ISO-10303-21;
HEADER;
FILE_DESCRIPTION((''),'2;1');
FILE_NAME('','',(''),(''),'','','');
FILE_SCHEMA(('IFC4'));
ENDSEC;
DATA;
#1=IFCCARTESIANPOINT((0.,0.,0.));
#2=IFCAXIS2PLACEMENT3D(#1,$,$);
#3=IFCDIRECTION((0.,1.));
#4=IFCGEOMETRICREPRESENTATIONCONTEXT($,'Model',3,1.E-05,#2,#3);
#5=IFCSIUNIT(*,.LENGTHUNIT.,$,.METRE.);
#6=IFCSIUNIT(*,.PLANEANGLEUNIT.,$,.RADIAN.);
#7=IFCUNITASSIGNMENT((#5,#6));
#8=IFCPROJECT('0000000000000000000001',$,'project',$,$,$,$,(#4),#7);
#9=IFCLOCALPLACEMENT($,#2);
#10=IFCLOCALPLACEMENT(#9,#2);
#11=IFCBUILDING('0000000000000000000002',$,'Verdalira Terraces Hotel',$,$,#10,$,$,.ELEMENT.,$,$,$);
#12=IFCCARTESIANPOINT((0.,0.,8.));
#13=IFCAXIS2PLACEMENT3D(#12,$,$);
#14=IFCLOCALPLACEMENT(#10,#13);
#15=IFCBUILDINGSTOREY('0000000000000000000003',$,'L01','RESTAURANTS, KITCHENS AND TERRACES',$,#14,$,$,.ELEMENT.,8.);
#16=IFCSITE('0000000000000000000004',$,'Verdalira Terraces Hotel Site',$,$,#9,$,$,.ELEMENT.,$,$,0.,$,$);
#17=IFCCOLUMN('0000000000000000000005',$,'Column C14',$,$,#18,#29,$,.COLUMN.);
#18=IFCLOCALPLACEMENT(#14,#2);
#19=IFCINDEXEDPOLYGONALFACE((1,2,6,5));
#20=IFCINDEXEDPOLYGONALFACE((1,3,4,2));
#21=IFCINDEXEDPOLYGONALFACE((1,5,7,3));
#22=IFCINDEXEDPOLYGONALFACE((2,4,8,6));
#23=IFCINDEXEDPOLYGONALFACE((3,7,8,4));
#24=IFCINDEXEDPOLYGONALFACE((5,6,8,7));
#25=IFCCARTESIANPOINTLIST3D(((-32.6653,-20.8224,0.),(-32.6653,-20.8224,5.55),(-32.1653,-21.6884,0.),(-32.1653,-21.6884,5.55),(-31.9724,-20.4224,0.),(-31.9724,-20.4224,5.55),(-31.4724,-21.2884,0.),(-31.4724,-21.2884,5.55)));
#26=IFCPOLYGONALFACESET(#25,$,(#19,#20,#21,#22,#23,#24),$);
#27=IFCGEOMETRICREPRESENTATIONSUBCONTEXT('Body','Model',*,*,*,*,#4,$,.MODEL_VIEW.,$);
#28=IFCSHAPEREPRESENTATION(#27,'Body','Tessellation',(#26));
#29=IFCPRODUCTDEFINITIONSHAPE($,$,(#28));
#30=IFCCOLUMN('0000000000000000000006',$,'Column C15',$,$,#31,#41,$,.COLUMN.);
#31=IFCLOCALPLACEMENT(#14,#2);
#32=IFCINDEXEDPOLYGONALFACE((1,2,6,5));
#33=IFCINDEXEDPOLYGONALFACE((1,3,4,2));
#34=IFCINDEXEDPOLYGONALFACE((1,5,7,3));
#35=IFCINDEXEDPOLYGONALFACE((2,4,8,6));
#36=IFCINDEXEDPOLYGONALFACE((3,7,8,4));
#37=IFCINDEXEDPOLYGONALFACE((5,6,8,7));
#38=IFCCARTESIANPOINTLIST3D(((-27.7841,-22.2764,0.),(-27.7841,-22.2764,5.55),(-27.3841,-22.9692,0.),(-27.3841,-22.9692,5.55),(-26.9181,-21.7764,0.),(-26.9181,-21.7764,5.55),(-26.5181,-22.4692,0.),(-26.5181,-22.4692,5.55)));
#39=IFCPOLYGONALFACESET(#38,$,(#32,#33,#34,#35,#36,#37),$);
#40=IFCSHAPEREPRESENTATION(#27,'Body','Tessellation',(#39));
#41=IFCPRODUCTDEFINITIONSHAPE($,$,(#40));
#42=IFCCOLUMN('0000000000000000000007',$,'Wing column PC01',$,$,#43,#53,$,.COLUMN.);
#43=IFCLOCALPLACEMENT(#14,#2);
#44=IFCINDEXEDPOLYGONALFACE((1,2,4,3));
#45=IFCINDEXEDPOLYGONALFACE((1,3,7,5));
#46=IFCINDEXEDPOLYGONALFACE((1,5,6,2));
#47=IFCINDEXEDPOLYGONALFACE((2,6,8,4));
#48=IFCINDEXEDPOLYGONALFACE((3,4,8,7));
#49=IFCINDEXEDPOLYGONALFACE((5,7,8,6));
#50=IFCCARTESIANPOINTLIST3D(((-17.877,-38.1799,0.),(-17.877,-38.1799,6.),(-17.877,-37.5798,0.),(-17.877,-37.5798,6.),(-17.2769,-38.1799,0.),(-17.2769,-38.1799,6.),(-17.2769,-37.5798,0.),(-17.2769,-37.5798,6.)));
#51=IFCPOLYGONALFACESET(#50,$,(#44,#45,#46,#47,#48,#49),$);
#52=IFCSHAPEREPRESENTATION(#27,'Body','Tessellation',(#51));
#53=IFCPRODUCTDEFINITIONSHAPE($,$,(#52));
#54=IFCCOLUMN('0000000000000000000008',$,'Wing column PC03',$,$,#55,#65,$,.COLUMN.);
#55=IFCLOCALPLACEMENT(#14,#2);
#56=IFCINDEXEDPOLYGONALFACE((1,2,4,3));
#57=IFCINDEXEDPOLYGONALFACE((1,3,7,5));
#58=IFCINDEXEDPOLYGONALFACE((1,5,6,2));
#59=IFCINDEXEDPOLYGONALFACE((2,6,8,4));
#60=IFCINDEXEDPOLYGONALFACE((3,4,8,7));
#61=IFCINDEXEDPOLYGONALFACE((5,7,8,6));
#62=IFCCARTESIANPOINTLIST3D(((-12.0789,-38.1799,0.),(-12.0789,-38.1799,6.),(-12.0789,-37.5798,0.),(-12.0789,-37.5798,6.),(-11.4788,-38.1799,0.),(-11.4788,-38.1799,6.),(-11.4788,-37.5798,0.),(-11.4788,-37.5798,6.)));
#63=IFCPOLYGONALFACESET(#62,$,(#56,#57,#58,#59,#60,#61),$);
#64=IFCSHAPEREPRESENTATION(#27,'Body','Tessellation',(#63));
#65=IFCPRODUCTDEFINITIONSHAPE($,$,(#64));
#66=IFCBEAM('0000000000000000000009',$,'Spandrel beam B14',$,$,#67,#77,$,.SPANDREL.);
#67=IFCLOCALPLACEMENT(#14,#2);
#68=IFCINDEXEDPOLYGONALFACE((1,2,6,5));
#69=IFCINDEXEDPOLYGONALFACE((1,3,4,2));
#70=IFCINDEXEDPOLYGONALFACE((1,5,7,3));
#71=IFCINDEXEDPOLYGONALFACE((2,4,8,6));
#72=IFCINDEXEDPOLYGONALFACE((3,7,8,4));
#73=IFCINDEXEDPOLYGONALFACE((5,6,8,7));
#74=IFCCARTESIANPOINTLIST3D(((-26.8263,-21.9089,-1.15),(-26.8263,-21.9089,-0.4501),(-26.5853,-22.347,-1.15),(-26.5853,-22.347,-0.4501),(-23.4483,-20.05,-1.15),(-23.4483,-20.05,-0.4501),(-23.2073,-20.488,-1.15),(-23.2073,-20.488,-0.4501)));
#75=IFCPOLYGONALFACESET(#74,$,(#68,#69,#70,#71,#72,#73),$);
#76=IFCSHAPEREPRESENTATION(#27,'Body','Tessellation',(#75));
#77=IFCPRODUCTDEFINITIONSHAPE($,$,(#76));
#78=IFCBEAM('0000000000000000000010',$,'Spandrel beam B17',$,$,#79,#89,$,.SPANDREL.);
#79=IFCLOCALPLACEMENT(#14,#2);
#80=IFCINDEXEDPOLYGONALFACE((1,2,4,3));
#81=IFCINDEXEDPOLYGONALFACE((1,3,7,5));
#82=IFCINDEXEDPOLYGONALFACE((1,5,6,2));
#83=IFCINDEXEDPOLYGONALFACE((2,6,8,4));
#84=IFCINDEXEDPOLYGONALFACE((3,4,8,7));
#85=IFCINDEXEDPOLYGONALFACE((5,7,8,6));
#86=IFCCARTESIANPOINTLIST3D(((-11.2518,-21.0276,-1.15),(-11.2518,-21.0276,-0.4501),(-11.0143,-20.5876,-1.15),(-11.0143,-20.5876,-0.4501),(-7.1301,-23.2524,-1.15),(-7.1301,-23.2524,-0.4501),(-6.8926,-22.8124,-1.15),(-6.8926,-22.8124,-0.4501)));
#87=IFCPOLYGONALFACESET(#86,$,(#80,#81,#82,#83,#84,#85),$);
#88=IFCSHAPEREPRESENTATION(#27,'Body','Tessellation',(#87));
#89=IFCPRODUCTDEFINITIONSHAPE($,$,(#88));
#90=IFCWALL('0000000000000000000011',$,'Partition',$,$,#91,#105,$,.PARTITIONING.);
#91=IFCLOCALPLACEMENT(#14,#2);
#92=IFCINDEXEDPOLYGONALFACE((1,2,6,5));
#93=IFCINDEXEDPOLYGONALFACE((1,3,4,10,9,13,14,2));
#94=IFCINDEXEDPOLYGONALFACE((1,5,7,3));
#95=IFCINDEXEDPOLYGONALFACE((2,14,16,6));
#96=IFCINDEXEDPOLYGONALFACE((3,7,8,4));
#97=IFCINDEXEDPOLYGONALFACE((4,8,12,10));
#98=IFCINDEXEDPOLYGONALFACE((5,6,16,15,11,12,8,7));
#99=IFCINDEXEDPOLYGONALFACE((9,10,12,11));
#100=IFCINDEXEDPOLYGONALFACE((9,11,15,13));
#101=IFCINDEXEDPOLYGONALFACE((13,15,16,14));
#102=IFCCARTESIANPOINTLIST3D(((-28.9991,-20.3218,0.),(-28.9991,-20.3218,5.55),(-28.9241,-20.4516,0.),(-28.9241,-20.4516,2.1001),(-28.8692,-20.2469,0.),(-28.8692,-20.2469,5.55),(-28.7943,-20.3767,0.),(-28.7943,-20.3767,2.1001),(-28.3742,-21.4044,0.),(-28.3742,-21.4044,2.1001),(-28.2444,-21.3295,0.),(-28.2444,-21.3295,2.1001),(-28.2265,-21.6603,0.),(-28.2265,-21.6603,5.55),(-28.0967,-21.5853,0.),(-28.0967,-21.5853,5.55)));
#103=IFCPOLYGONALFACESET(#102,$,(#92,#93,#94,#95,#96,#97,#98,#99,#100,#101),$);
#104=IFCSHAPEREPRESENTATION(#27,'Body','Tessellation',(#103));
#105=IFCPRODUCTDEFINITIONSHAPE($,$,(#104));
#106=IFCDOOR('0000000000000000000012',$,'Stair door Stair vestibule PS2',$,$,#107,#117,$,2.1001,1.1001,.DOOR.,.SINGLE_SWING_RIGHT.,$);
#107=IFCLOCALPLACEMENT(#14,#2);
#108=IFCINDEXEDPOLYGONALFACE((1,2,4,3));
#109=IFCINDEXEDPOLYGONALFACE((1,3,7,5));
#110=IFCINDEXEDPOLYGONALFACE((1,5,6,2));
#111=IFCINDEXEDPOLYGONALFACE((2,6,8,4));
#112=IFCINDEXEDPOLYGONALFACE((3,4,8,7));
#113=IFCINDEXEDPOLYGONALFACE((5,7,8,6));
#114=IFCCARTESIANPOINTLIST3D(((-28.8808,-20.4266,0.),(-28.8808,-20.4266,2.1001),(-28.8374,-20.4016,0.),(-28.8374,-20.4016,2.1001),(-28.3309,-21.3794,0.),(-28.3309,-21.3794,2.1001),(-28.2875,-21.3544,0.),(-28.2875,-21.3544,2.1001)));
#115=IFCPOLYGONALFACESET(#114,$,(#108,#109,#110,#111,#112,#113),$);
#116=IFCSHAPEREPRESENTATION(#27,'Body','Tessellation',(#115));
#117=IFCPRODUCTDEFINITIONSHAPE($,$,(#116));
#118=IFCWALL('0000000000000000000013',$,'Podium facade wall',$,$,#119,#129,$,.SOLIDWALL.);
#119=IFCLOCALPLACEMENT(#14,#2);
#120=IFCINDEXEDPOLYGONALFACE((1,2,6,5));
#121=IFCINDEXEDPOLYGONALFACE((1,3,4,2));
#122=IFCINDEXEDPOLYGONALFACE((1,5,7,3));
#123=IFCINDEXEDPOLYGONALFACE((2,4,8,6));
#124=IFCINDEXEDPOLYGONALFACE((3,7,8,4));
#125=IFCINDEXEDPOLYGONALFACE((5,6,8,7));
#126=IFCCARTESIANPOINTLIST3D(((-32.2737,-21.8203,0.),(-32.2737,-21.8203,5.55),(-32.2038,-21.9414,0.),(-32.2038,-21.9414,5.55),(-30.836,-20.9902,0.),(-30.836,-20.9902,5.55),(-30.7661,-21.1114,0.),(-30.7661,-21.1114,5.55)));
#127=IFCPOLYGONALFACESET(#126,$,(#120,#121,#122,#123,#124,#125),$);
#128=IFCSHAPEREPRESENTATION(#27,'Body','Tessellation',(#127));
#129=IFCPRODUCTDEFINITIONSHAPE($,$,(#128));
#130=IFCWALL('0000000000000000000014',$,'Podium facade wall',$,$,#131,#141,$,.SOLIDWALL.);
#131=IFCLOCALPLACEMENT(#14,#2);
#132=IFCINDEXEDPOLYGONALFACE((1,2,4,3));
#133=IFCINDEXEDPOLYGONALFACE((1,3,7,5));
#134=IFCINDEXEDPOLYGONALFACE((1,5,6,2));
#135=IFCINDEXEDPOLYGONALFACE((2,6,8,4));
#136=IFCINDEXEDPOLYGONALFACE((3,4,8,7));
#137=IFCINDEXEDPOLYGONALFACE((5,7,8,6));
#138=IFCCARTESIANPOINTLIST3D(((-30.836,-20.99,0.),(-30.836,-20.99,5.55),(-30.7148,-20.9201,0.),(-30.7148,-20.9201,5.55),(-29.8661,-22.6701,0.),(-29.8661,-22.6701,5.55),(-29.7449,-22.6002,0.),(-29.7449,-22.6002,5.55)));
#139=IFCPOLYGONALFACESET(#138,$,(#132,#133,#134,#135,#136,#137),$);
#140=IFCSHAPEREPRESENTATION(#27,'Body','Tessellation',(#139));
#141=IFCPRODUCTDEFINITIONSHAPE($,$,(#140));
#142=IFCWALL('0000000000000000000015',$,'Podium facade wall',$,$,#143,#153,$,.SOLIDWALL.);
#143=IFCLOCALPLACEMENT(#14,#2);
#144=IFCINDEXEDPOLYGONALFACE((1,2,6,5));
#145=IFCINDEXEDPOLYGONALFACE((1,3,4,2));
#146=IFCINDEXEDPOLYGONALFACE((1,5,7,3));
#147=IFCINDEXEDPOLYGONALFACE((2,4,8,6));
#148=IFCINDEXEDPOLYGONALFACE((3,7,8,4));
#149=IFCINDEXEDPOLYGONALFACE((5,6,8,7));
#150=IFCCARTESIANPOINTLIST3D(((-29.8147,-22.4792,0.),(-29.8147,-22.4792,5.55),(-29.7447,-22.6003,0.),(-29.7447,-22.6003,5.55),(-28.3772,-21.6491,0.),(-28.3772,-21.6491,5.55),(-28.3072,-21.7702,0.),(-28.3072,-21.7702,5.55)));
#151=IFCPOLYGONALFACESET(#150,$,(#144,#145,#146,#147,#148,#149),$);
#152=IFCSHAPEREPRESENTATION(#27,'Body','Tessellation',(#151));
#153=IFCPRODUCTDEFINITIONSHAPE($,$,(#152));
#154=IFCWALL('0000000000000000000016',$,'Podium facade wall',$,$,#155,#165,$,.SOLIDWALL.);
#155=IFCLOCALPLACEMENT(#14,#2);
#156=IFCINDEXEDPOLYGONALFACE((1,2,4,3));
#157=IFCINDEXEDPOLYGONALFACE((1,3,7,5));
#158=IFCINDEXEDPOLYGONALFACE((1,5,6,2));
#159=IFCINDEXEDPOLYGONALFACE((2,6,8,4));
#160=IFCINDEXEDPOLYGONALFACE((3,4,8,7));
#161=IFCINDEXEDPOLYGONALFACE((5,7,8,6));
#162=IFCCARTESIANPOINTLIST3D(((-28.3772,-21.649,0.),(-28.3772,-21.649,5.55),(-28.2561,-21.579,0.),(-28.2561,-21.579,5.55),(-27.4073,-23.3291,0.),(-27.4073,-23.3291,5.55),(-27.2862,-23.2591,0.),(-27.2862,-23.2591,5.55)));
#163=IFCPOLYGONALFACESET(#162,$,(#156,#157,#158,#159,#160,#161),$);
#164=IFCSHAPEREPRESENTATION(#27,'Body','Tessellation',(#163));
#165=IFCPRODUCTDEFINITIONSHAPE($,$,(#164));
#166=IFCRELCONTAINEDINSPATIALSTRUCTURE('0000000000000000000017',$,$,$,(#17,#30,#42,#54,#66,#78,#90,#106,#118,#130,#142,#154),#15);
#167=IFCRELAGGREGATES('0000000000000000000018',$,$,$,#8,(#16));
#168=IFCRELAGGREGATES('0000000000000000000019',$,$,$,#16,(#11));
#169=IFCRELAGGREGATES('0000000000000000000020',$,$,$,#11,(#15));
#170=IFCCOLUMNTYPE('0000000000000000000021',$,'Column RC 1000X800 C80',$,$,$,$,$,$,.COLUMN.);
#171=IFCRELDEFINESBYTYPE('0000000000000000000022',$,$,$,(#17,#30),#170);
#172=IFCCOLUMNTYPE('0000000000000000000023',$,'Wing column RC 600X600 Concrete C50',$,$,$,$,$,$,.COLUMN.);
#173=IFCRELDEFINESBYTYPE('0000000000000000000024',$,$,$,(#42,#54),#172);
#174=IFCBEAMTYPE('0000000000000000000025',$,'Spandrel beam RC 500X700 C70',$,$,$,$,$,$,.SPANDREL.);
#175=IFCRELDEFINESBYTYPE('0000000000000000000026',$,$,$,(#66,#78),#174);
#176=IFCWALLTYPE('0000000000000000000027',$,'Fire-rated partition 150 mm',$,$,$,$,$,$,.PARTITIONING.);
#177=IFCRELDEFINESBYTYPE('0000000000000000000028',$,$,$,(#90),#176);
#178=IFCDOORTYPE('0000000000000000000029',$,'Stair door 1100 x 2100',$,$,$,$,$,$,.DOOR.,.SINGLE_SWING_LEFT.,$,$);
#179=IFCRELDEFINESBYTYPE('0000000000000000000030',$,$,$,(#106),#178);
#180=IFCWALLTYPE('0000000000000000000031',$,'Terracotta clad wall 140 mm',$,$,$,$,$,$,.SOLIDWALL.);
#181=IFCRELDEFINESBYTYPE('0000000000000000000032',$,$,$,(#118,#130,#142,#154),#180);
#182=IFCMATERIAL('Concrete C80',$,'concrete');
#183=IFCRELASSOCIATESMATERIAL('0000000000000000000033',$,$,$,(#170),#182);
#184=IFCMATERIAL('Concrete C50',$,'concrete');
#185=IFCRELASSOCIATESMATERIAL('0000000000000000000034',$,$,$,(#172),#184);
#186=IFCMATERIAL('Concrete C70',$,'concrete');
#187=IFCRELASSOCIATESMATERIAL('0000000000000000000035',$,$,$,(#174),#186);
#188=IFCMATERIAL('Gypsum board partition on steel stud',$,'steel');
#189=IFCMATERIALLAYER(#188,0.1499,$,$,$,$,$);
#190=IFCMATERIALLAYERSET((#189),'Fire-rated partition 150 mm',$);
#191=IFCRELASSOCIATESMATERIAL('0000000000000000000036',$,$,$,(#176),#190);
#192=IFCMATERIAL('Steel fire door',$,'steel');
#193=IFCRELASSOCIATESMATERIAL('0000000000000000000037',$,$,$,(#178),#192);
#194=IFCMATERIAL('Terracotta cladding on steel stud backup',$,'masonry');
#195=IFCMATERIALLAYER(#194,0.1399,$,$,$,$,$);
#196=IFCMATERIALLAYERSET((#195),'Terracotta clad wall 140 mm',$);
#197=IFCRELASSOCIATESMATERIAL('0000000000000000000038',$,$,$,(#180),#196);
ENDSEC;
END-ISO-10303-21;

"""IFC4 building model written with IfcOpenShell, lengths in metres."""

from ifc_helpers import new_model, si_unit, direction, frame, frame_2d, origin, origin_2d, place, context, subcontext, project, spatial, rectangle, extrude, material, layer, layer_set, material_profile, profile_set, type_object, element, fill, save


model = new_model("IFC4")

# Units and contexts
model_context = context("Model", 3, precision=1e-05, world=origin(), true_north=direction((0.0, 1.0)))
body_context = subcontext(model_context, "Body", "Model", "MODEL_VIEW")
ifc_project = project(units=[si_unit("LENGTHUNIT", "METRE"), si_unit("PLANEANGLEUNIT", "RADIAN")], contexts=[model_context])

# Site, building, storey
site_placement = place(None, origin())
site = spatial("IfcSite", under=ifc_project, at=site_placement, Name="Verdalira Terraces Hotel Site", CompositionType="ELEMENT", RefElevation=0.0)
building_placement = place(site_placement, origin())
building = spatial("IfcBuilding", under=site, at=building_placement, Name="Verdalira Terraces Hotel", CompositionType="ELEMENT")
storey_placement = place(building_placement, frame((0.0, 0.0, 8.0)))
storey = spatial("IfcBuildingStorey", under=building, at=storey_placement, Name="L01", Description="RESTAURANTS, KITCHENS AND TERRACES", CompositionType="ELEMENT", Elevation=8.0)

# Columns
ifc_material_1 = material(Name="Concrete C80", Category="concrete")
ifc_material_profile_1 = material_profile(ifc_material_1, rectangle(XDim=1.0, YDim=0.8, at=origin_2d()), Name="RC 1000X800")
ifc_profile_set_1 = profile_set([ifc_material_profile_1], Name="Concrete C80")
column_type_1 = type_object("IfcColumnType", Name="Column RC 1000X800 C80", PredefinedType="COLUMN", material=ifc_profile_set_1)
for number, where, z_axis, x_axis, name in (
    (1, (-32.0688, -21.0554, 0.0), (0.0, 0.0, 1.0), (0.5, -0.866025, 0.0), "Column C14"),
    (2, (-27.1511, -22.3728, 0.0), (0.0, 0.0, 1.0), (0.866025, 0.5, 0.0), "Column C15"),
):
    element("IfcColumn", number, at=place(storey_placement, frame(where, z_axis=z_axis, x_axis=x_axis)), inside=storey, type_object=column_type_1, Name=name, PredefinedType="COLUMN", context=body_context, shape_type="SweptSolid", body=[
        extrude(rectangle(XDim=1.0, YDim=0.8, at=origin_2d()), origin(), (0.0, 0.0, 1.0), 5.55),
    ])
ifc_material_2 = material(Name="Concrete C50", Category="concrete")
ifc_material_profile_2 = material_profile(ifc_material_2, rectangle(XDim=0.6001, YDim=0.6001, at=origin_2d()), Name="RC 600X600")
ifc_profile_set_2 = profile_set([ifc_material_profile_2], Name="Concrete C50")
column_type_2 = type_object("IfcColumnType", Name="Wing column RC 600X600 Concrete C50", PredefinedType="COLUMN", material=ifc_profile_set_2)
for number, where, z_axis, x_axis, name in (
    (3, (-17.5769, -37.8799, 0.0), (0.0, 0.0, 1.0), (0.0, -1.0, 0.0), "Wing column PC01"),
    (4, (-11.7788, -37.8799, 0.0), (0.0, 0.0, 1.0), (0.0, -1.0, 0.0), "Wing column PC03"),
):
    element("IfcColumn", number, at=place(storey_placement, frame(where, z_axis=z_axis, x_axis=x_axis)), inside=storey, type_object=column_type_2, Name=name, PredefinedType="COLUMN", context=body_context, shape_type="SweptSolid", body=[
        extrude(rectangle(XDim=0.6001, YDim=0.6001, at=origin_2d()), origin(), (0.0, 0.0, 1.0), 6.0),
    ])

# Beams
ifc_material_3 = material(Name="Concrete C70", Category="concrete")
ifc_material_profile_3 = material_profile(ifc_material_3, rectangle(XDim=0.5, YDim=0.7, at=origin_2d()), Name="RC 500X700")
ifc_profile_set_3 = profile_set([ifc_material_profile_3], Name="Concrete C70")
beam_type = type_object("IfcBeamType", Name="Spandrel beam RC 500X700 C70", PredefinedType="SPANDREL", material=ifc_profile_set_3)
beam_1_placement = place(storey_placement, frame((-26.7058, -22.1279, -0.8), z_axis=(0.876104, 0.482123, 0.0), x_axis=(-0.482123, 0.876104, 0.0)))
element("IfcBeam", 5, at=beam_1_placement, inside=storey, type_object=beam_type, Name="Spandrel beam B14", PredefinedType="SPANDREL", context=body_context, shape_type="SweptSolid", body=[
    extrude(rectangle(XDim=0.5, YDim=0.7, at=origin_2d()), origin(), (0.0, 0.0, 1.0), 3.8557),
])
beam_2_placement = place(storey_placement, frame((-11.1331, -20.8076, -0.8), z_axis=(0.879989, -0.474995, 0.0), x_axis=(0.474995, 0.879989, 0.0)))
element("IfcBeam", 6, at=beam_2_placement, inside=storey, type_object=beam_type, Name="Spandrel beam B17", PredefinedType="SPANDREL", context=body_context, shape_type="SweptSolid", body=[
    extrude(rectangle(XDim=0.5, YDim=0.7, at=origin_2d()), origin(), (0.0, 0.0, 1.0), 4.6838),
])

# Wall, opening, door
ifc_material_4 = material(Name="Gypsum board partition on steel stud", Category="steel")
ifc_layer_1 = layer(ifc_material_4, 0.1499)
ifc_layer_set_1 = layer_set([ifc_layer_1], Name="Fire-rated partition 150 mm")
wall_type_1 = type_object("IfcWallType", Name="Fire-rated partition 150 mm", PredefinedType="PARTITIONING", material=ifc_layer_set_1)
wall_1_placement = place(storey_placement, frame((-28.1616, -21.6228, 0.0), z_axis=(0.0, 0.0, 1.0), x_axis=(-0.499877, 0.866096, 0.0)))
wall_1 = element("IfcWall", 7, at=wall_1_placement, inside=storey, type_object=wall_type_1, Name="Partition", PredefinedType="PARTITIONING", context=body_context, shape_type="SweptSolid", body=[
    extrude(rectangle(XDim=1.5454, YDim=0.1499, at=frame_2d((0.7727, 0.0))), origin(), (0.0, 0.0, 1.0), 5.55),
])
opening_1_placement = place(wall_1_placement, frame((0.2954, 0.0, 0.0)))
opening_1 = element("IfcOpeningElement", 8, at=opening_1_placement, cuts=wall_1, PredefinedType="OPENING", context=body_context, shape_type="SweptSolid", body=[
    extrude(rectangle(XDim=1.1001, YDim=2.1001, at=frame_2d((0.55, 1.05))), frame((0.0, 0.085, 0.0), z_axis=(0.0, -1.0, 0.0), x_axis=(1.0, 0.0, 0.0)), (0.0, 0.0, 1.0), 0.1699),
])
ifc_material_5 = material(Name="Steel fire door", Category="steel")
door_type_1 = type_object("IfcDoorType", Name="Stair door 1100 x 2100", OperationType="SINGLE_SWING_LEFT", PredefinedType="DOOR", material=ifc_material_5)
door_1_placement = place(opening_1_placement, origin())
door_1 = element("IfcDoor", 9, at=door_1_placement, inside=storey, type_object=door_type_1, Name="Stair door Stair vestibule PS2", OperationType="SINGLE_SWING_RIGHT", OverallHeight=2.1001, OverallWidth=1.1001, PredefinedType="DOOR", context=body_context, shape_type="SweptSolid", body=[
    extrude(rectangle(XDim=1.1001, YDim=2.1001, at=frame_2d((0.55, 1.05))), frame((0.0, 0.0249, 0.0), z_axis=(0.0, -1.0, 0.0), x_axis=(1.0, 0.0, 0.0)), (0.0, 0.0, 1.0), 0.05),
])
fill(opening_1, door_1)

# Walls
ifc_material_6 = material(Name="Terracotta cladding on steel stud backup", Category="masonry")
ifc_layer_2 = layer(ifc_material_6, 0.1399)
ifc_layer_set_2 = layer_set([ifc_layer_2], Name="Terracotta clad wall 140 mm")
wall_type_2 = type_object("IfcWallType", Name="Terracotta clad wall 140 mm", PredefinedType="SOLIDWALL", material=ifc_layer_set_2)
wall_2_placement = place(storey_placement, frame((-32.2388, -21.8809, 0.0), z_axis=(0.0, 0.0, 1.0), x_axis=(0.866026, 0.499998, 0.0)))
element("IfcWall", 10, at=wall_2_placement, inside=storey, type_object=wall_type_2, Name="Podium facade wall", PredefinedType="SOLIDWALL", context=body_context, shape_type="SweptSolid", body=[
    extrude(rectangle(XDim=1.6602, YDim=0.1399, at=frame_2d((0.8301, 0.0))), origin(), (0.0, 0.0, 1.0), 5.55),
])
wall_3_placement = place(storey_placement, frame((-30.7754, -20.9551, 0.0), z_axis=(0.0, 0.0, 1.0), x_axis=(0.499969, -0.866043, 0.0)))
element("IfcWall", 11, at=wall_3_placement, inside=storey, type_object=wall_type_2, Name="Podium facade wall", PredefinedType="SOLIDWALL", context=body_context, shape_type="SweptSolid", body=[
    extrude(rectangle(XDim=1.9399, YDim=0.1399, at=frame_2d((0.97, 0.0))), origin(), (0.0, 0.0, 1.0), 5.55),
])
wall_4_placement = place(storey_placement, frame((-29.7798, -22.5398, 0.0), z_axis=(0.0, 0.0, 1.0), x_axis=(0.86599, 0.500062, 0.0)))
element("IfcWall", 12, at=wall_4_placement, inside=storey, type_object=wall_type_2, Name="Podium facade wall", PredefinedType="SOLIDWALL", context=body_context, shape_type="SweptSolid", body=[
    extrude(rectangle(XDim=1.6599, YDim=0.1399, at=frame_2d((0.8301, 0.0))), origin(), (0.0, 0.0, 1.0), 5.55),
])
wall_5_placement = place(storey_placement, frame((-28.3166, -21.614, 0.0), z_axis=(0.0, 0.0, 1.0), x_axis=(0.499969, -0.866043, 0.0)))
element("IfcWall", 13, at=wall_5_placement, inside=storey, type_object=wall_type_2, Name="Podium facade wall", PredefinedType="SOLIDWALL", context=body_context, shape_type="SweptSolid", body=[
    extrude(rectangle(XDim=1.9399, YDim=0.1399, at=frame_2d((0.97, 0.0))), origin(), (0.0, 0.0, 1.0), 5.55),
])

save(model, "model.ifc")
